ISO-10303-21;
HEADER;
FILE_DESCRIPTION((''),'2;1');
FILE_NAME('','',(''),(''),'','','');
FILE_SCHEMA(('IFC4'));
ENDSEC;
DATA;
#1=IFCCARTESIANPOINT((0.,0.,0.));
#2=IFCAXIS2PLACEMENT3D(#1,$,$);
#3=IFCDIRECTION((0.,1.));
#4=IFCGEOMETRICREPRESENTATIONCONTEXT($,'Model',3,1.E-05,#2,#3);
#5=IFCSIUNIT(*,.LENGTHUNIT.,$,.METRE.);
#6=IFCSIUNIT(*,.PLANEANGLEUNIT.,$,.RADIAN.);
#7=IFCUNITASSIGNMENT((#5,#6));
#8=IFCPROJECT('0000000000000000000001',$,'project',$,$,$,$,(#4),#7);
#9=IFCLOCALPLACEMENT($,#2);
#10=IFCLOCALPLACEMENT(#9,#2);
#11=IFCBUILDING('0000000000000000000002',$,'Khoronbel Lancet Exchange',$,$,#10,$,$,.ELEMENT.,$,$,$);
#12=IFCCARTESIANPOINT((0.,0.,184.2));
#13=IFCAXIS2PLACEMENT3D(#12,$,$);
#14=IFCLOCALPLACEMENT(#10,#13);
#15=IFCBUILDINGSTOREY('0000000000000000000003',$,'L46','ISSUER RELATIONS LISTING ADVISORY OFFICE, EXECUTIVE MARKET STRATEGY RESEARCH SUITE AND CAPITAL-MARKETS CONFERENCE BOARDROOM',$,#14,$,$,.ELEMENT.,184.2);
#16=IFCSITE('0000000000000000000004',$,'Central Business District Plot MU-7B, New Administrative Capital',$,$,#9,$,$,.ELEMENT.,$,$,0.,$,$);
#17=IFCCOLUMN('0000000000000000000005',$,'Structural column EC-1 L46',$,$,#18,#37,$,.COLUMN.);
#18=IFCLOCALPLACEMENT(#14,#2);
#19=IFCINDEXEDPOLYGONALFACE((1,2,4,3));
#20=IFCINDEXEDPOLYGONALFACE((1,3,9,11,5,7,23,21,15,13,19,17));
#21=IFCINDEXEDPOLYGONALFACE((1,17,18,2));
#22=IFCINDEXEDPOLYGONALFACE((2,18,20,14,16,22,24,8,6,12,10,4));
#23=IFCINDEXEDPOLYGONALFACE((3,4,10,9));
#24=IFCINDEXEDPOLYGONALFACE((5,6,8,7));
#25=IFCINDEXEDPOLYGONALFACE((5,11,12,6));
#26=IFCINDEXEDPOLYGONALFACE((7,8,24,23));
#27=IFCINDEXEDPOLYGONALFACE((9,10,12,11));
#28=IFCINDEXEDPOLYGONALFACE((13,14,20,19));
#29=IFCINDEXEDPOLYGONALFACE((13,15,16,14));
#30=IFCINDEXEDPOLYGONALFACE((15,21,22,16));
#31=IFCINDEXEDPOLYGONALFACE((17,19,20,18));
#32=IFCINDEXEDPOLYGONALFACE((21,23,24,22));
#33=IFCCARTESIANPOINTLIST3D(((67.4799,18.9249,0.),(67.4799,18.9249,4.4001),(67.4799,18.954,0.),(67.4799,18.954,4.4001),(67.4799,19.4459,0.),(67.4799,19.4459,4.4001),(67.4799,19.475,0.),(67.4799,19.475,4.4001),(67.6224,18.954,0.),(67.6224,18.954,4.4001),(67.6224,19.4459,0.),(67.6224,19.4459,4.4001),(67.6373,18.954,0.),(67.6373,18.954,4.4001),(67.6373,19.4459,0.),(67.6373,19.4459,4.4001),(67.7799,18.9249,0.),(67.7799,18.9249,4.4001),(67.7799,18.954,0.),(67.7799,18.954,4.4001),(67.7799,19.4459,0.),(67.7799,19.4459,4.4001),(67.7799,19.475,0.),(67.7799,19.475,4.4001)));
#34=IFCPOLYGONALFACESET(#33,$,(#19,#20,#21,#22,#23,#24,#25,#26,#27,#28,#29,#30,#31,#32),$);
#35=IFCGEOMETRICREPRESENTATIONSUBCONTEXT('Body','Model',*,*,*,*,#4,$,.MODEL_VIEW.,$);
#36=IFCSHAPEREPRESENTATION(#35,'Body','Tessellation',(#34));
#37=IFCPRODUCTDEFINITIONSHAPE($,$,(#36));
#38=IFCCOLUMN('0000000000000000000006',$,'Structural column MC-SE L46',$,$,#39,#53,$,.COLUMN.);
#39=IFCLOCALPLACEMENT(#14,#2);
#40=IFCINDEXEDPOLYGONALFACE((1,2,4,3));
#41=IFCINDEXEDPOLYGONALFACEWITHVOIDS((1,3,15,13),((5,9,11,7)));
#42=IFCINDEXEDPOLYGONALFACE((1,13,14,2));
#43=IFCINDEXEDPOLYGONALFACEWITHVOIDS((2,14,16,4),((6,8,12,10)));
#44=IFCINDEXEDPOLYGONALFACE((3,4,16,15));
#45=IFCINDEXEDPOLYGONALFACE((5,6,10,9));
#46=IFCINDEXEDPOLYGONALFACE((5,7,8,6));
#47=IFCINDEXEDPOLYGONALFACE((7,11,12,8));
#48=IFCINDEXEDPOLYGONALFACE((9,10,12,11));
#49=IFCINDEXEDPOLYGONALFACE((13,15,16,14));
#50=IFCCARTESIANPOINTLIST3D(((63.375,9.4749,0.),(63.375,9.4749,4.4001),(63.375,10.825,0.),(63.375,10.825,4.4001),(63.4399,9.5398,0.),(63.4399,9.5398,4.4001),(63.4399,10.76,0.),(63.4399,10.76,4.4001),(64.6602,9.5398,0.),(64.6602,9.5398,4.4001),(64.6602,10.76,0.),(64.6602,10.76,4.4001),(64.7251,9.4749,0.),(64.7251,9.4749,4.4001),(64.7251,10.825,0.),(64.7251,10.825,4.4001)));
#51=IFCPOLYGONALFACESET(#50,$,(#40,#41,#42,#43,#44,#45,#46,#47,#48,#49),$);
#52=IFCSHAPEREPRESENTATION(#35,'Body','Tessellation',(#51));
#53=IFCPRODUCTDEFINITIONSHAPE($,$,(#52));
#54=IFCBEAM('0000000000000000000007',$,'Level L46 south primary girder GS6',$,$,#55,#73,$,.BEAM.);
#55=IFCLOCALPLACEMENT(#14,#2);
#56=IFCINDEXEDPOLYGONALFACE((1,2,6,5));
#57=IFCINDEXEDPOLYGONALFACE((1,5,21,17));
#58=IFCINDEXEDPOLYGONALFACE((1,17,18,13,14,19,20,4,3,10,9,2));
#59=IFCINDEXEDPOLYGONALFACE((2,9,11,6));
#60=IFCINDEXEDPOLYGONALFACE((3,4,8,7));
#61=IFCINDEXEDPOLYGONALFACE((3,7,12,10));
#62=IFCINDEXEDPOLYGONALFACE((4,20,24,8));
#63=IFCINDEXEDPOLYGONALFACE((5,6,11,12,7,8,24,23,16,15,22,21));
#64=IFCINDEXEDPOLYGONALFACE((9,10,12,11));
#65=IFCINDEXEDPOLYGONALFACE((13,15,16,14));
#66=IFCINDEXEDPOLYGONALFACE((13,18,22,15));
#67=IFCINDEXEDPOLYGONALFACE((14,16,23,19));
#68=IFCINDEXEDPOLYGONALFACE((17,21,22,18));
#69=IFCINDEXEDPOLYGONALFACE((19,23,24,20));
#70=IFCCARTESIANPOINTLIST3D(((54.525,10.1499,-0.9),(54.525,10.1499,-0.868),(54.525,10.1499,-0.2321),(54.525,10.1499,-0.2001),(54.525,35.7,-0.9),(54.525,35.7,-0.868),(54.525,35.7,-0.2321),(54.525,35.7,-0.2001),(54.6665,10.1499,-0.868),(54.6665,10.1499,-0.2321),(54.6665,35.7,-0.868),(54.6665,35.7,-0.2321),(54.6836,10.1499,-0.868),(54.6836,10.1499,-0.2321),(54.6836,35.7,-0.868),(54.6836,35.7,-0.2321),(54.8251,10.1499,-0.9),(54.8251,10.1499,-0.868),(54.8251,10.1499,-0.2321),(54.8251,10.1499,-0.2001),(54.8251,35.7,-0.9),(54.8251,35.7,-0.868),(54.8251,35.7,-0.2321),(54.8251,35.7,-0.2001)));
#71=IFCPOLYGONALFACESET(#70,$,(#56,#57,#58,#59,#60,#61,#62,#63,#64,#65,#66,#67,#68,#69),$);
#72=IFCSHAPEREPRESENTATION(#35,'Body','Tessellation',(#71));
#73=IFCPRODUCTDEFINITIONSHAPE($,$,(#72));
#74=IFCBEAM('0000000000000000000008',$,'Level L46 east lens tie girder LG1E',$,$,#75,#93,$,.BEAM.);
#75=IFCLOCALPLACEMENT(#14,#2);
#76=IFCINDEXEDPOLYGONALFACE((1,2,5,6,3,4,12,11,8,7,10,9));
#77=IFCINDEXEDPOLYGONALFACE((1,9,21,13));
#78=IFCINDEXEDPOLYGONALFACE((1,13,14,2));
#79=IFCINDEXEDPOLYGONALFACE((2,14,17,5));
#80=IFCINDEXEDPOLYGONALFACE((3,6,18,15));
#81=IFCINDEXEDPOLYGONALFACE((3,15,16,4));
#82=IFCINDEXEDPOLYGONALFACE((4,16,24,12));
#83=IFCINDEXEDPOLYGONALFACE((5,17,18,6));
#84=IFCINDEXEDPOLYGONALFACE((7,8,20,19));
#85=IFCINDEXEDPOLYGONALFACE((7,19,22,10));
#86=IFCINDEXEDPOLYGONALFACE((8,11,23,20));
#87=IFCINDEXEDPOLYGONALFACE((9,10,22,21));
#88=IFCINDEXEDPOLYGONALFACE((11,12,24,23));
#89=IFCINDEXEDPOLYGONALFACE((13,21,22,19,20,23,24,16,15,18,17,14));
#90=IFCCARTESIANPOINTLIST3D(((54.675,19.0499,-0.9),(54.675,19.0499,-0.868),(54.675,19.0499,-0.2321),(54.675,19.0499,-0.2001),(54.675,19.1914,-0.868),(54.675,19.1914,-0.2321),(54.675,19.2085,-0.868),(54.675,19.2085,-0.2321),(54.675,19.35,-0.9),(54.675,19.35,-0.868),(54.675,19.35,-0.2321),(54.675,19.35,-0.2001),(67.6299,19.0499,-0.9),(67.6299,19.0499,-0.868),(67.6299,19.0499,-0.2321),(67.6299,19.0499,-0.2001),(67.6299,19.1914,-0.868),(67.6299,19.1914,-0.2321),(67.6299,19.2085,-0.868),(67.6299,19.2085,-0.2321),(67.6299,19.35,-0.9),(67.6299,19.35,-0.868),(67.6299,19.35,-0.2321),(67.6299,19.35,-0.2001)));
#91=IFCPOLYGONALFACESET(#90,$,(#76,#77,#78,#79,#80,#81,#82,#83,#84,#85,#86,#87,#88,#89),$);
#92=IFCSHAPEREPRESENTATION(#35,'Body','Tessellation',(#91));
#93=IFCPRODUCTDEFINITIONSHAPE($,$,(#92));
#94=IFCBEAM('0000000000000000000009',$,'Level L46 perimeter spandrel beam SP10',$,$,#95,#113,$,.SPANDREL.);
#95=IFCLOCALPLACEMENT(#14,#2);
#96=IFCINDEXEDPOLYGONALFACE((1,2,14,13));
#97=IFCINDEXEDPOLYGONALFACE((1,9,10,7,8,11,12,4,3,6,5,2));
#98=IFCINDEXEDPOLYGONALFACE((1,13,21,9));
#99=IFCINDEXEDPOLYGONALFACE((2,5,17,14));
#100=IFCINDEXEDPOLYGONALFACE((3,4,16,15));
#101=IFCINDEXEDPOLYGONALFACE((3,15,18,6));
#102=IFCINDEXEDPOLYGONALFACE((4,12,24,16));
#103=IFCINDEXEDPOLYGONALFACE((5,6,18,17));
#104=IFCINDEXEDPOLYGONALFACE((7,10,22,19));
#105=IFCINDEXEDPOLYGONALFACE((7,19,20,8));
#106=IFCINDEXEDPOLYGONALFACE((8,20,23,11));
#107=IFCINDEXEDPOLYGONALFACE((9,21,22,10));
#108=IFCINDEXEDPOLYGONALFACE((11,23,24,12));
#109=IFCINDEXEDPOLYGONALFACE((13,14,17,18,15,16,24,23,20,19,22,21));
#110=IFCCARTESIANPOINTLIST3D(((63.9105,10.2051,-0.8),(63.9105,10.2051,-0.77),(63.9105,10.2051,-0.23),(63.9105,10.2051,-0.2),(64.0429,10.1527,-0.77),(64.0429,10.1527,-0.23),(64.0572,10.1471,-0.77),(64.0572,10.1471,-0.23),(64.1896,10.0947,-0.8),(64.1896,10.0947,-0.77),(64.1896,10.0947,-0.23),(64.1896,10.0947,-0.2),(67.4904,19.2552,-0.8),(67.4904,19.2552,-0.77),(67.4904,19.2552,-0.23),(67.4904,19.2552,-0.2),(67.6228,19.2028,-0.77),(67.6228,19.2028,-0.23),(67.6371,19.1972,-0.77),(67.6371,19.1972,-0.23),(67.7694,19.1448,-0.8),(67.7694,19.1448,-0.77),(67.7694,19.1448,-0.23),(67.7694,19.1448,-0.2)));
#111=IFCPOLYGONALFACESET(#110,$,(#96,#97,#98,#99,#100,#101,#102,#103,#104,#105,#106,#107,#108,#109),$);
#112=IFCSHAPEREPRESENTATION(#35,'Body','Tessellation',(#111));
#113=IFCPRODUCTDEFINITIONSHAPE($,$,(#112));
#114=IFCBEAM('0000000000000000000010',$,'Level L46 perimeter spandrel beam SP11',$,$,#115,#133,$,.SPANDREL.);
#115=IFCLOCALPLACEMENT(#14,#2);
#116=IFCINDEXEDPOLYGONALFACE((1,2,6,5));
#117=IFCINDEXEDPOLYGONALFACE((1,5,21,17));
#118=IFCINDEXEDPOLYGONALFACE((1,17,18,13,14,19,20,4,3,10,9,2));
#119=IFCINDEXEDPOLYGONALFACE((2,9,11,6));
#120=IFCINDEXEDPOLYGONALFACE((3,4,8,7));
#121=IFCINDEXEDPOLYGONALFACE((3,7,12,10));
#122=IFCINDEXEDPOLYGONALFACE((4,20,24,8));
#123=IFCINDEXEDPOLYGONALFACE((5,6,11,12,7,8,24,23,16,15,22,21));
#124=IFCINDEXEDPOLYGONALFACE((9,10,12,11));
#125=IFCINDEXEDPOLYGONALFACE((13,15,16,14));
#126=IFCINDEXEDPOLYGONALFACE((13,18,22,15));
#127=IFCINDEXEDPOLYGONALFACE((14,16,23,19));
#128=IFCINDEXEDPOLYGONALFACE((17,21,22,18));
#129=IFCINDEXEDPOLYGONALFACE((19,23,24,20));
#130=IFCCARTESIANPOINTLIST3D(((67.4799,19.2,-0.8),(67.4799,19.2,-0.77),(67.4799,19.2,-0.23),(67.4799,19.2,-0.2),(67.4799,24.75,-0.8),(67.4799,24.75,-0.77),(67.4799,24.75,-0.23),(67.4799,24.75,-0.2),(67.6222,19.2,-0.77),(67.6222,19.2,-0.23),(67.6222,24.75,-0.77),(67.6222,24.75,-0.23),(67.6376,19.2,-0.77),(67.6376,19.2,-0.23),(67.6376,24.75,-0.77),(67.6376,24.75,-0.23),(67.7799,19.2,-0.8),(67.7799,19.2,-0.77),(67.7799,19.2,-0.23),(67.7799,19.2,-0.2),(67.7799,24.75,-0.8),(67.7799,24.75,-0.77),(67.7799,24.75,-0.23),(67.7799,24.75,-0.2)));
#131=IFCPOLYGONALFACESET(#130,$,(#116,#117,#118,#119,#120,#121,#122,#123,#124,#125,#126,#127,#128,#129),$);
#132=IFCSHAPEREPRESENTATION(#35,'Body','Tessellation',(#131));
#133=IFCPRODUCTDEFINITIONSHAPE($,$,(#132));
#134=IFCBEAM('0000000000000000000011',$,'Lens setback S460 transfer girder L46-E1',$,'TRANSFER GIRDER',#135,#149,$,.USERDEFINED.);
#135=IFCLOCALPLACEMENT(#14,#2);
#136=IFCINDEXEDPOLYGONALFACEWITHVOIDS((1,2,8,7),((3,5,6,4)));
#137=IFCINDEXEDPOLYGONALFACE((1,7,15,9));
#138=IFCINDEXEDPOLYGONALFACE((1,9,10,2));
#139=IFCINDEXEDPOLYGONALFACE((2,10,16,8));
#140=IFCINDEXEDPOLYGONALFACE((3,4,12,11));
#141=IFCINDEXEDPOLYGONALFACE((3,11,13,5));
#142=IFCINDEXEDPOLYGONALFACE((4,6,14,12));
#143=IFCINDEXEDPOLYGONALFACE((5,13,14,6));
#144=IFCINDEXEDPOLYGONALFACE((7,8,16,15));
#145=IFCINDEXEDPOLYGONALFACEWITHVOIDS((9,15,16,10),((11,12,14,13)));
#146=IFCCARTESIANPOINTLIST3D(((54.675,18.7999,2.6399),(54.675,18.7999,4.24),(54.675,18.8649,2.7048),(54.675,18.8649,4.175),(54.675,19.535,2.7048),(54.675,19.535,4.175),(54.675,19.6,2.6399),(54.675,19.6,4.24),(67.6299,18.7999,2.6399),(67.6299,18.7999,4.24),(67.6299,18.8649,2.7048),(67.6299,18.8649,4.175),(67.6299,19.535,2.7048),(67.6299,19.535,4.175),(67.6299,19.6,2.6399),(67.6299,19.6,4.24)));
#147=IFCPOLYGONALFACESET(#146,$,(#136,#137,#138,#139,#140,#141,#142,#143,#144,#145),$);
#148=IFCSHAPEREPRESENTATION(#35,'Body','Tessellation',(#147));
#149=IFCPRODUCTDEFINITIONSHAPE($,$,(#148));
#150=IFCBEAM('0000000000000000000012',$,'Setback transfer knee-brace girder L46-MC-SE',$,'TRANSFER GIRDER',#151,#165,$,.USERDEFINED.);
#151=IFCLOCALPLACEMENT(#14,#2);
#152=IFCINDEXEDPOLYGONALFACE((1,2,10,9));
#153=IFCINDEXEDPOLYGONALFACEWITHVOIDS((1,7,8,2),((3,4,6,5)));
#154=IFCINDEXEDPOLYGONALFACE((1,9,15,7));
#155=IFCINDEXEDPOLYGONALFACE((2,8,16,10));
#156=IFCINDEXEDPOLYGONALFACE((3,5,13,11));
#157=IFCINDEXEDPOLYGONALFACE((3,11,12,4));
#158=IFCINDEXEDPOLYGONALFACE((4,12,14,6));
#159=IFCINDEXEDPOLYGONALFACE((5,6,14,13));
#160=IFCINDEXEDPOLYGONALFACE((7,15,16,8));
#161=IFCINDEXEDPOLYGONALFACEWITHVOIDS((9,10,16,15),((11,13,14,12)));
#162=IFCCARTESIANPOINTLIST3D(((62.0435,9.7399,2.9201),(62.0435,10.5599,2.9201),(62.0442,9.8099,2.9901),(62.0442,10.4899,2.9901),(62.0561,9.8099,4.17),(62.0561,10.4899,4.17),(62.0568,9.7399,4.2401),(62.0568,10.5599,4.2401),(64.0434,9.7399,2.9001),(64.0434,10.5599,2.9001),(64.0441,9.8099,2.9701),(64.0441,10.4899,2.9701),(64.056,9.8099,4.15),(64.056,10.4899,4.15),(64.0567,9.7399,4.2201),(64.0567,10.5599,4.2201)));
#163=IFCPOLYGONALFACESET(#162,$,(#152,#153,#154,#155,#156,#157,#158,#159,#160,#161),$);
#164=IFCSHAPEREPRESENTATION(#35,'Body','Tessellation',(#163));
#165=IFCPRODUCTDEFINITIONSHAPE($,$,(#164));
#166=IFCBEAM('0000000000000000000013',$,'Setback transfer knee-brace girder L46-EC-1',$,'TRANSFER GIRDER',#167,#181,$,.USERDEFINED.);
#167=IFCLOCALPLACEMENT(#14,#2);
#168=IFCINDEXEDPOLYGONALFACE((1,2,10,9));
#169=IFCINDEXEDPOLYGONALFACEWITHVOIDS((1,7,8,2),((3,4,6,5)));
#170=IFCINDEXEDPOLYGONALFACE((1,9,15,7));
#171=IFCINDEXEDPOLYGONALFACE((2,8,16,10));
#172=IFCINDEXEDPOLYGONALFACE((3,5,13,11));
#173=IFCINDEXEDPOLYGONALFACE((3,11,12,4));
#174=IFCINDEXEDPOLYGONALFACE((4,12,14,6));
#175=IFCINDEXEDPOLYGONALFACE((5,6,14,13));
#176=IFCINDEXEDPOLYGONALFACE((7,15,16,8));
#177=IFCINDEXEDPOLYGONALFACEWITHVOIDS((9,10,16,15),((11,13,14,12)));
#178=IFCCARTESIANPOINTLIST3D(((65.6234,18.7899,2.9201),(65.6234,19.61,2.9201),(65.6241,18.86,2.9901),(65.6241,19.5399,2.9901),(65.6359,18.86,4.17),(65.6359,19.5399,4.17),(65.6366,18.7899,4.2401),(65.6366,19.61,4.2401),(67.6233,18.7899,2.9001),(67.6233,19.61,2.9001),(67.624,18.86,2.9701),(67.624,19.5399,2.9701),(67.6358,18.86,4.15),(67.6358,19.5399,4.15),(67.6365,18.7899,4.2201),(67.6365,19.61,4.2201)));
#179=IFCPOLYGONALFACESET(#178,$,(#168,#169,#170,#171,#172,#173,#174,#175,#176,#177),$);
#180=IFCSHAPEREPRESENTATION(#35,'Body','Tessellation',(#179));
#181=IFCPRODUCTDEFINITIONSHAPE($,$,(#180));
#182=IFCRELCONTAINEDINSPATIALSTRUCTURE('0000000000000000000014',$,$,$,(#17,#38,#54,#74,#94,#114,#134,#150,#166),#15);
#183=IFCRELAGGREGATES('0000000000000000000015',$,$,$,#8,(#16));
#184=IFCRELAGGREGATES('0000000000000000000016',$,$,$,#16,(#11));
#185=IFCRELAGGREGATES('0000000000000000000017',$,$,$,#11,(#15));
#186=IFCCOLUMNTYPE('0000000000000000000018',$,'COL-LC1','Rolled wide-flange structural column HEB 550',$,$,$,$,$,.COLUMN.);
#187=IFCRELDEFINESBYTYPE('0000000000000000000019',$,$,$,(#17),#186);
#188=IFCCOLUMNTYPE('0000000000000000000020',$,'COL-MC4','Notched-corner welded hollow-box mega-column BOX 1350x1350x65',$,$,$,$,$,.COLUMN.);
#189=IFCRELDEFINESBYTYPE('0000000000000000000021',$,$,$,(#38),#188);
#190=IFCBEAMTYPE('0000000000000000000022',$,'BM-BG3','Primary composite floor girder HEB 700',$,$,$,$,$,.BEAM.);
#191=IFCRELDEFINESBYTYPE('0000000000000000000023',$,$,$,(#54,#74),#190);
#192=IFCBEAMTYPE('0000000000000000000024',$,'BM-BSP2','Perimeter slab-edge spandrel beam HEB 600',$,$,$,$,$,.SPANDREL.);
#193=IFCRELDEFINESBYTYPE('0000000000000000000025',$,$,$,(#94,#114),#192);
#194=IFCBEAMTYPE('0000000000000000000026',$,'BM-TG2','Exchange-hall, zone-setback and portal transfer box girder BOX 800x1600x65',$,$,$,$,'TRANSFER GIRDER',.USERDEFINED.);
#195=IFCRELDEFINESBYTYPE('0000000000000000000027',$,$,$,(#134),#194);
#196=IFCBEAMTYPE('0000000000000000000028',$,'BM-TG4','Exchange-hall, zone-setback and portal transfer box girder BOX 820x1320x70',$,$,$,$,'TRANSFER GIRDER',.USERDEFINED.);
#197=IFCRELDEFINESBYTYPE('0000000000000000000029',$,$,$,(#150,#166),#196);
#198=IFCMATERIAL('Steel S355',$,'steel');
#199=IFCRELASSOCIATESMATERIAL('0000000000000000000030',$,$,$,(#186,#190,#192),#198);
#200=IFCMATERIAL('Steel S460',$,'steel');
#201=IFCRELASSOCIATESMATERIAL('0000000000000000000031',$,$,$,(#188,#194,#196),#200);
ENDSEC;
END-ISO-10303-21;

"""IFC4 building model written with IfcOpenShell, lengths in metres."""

from ifc_helpers import new_model, si_unit, direction, frame, origin, origin_2d, place, context, subcontext, project, spatial, hollow_rectangle, i_section, extrude, material, material_profile, profile_set, type_object, element, save


model = new_model("IFC4")

# Units and contexts
model_context = context("Model", 3, precision=1e-05, world=origin(), true_north=direction((0.0, 1.0)))
body_context = subcontext(model_context, "Body", "Model", "MODEL_VIEW")
ifc_project = project(units=[si_unit("LENGTHUNIT", "METRE"), si_unit("PLANEANGLEUNIT", "RADIAN")], contexts=[model_context])

# Site, building, storey
site_placement = place(None, origin())
site = spatial("IfcSite", under=ifc_project, at=site_placement, Name="Central Business District Plot MU-7B, New Administrative Capital", CompositionType="ELEMENT", RefElevation=0.0)
building_placement = place(site_placement, origin())
building = spatial("IfcBuilding", under=site, at=building_placement, Name="Khoronbel Lancet Exchange", CompositionType="ELEMENT")
storey_placement = place(building_placement, frame((0.0, 0.0, 184.2)))
storey = spatial("IfcBuildingStorey", under=building, at=storey_placement, Name="L46", Description="ISSUER RELATIONS LISTING ADVISORY OFFICE, EXECUTIVE MARKET STRATEGY RESEARCH SUITE AND CAPITAL-MARKETS CONFERENCE BOARDROOM", CompositionType="ELEMENT", Elevation=184.2)

# Columns
ifc_material_1 = material(Name="Steel S355", Category="steel")
ifc_material_profile_1 = material_profile(ifc_material_1, i_section(OverallWidth=0.3, OverallDepth=0.55, WebThickness=0.0149, FlangeThickness=0.0291, at=origin_2d()), Name="HEB 550")
ifc_profile_set_1 = profile_set([ifc_material_profile_1], Name="Steel S355")
column_type_1 = type_object("IfcColumnType", Name="COL-LC1", Description="Rolled wide-flange structural column HEB 550", PredefinedType="COLUMN", material=ifc_profile_set_1)
column_1_placement = place(storey_placement, frame((67.6299, 19.2, 0.0), z_axis=(0.0, 0.0, 1.0), x_axis=(1.0, 0.0, 0.0)))
element("IfcColumn", 1, at=column_1_placement, inside=storey, type_object=column_type_1, Name="Structural column EC-1 L46", PredefinedType="COLUMN", context=body_context, shape_type="SweptSolid", body=[
    extrude(i_section(OverallWidth=0.3, OverallDepth=0.55, WebThickness=0.0149, FlangeThickness=0.0291, at=origin_2d()), origin(), (0.0, 0.0, 1.0), 4.4001),
])
ifc_material_2 = material(Name="Steel S460", Category="steel")
ifc_material_profile_2 = material_profile(ifc_material_2, hollow_rectangle(XDim=1.3501, YDim=1.3501, WallThickness=0.0649, at=origin_2d()), Name="BOX 1350x1350x65")
ifc_profile_set_2 = profile_set([ifc_material_profile_2], Name="Steel S460")
column_type_2 = type_object("IfcColumnType", Name="COL-MC4", Description="Notched-corner welded hollow-box mega-column BOX 1350x1350x65", PredefinedType="COLUMN", material=ifc_profile_set_2)
column_2_placement = place(storey_placement, frame((64.05, 10.1499, 0.0), z_axis=(0.0, 0.0, 1.0), x_axis=(1.0, 0.0, 0.0)))
element("IfcColumn", 2, at=column_2_placement, inside=storey, type_object=column_type_2, Name="Structural column MC-SE L46", PredefinedType="COLUMN", context=body_context, shape_type="SweptSolid", body=[
    extrude(hollow_rectangle(XDim=1.3501, YDim=1.3501, WallThickness=0.0649, at=origin_2d()), origin(), (0.0, 0.0, 1.0), 4.4001),
])

# Beams
ifc_material_profile_3 = material_profile(ifc_material_1, i_section(OverallWidth=0.3, OverallDepth=0.7, WebThickness=0.0171, FlangeThickness=0.032, at=origin_2d()), Name="HEB 700")
ifc_profile_set_3 = profile_set([ifc_material_profile_3], Name="Steel S355")
beam_type_1 = type_object("IfcBeamType", Name="BM-BG3", Description="Primary composite floor girder HEB 700", PredefinedType="BEAM", material=ifc_profile_set_3)
beam_1_placement = place(storey_placement, frame((54.675, 10.1499, -0.55), z_axis=(0.0, 1.0, 0.0), x_axis=(-1.0, 0.0, 0.0)))
element("IfcBeam", 3, at=beam_1_placement, inside=storey, type_object=beam_type_1, Name="Level L46 south primary girder GS6", PredefinedType="BEAM", context=body_context, shape_type="SweptSolid", body=[
    extrude(i_section(OverallWidth=0.3, OverallDepth=0.7, WebThickness=0.0171, FlangeThickness=0.032, at=origin_2d()), origin(), (0.0, 0.0, 1.0), 25.55),
])
beam_2_placement = place(storey_placement, frame((54.675, 19.2, -0.55), z_axis=(1.0, 0.0, 0.0), x_axis=(0.0, 1.0, 0.0)))
element("IfcBeam", 4, at=beam_2_placement, inside=storey, type_object=beam_type_1, Name="Level L46 east lens tie girder LG1E", PredefinedType="BEAM", context=body_context, shape_type="SweptSolid", body=[
    extrude(i_section(OverallWidth=0.3, OverallDepth=0.7, WebThickness=0.0171, FlangeThickness=0.032, at=origin_2d()), origin(), (0.0, 0.0, 1.0), 12.9548),
])
ifc_material_profile_4 = material_profile(ifc_material_1, i_section(OverallWidth=0.3, OverallDepth=0.6001, WebThickness=0.0154, FlangeThickness=0.03, at=origin_2d()), Name="HEB 600")
ifc_profile_set_4 = profile_set([ifc_material_profile_4], Name="Steel S355")
beam_type_2 = type_object("IfcBeamType", Name="BM-BSP2", Description="Perimeter slab-edge spandrel beam HEB 600", PredefinedType="SPANDREL", material=ifc_profile_set_4)
beam_3_placement = place(storey_placement, frame((64.05, 10.1499, -0.5), z_axis=(0.367828, 0.929894, 0.0), x_axis=(-0.929894, 0.367828, 0.0)))
element("IfcBeam", 5, at=beam_3_placement, inside=storey, type_object=beam_type_2, Name="Level L46 perimeter spandrel beam SP10", PredefinedType="SPANDREL", context=body_context, shape_type="SweptSolid", body=[
    extrude(i_section(OverallWidth=0.3, OverallDepth=0.6001, WebThickness=0.0154, FlangeThickness=0.03, at=origin_2d()), origin(), (0.0, 0.0, 1.0), 9.7324),
])
beam_4_placement = place(storey_placement, frame((67.6299, 19.2, -0.5), z_axis=(0.0, 1.0, 0.0), x_axis=(-1.0, 0.0, 0.0)))
element("IfcBeam", 6, at=beam_4_placement, inside=storey, type_object=beam_type_2, Name="Level L46 perimeter spandrel beam SP11", PredefinedType="SPANDREL", context=body_context, shape_type="SweptSolid", body=[
    extrude(i_section(OverallWidth=0.3, OverallDepth=0.6001, WebThickness=0.0154, FlangeThickness=0.03, at=origin_2d()), origin(), (0.0, 0.0, 1.0), 5.55),
])
ifc_material_profile_5 = material_profile(ifc_material_2, hollow_rectangle(XDim=0.8, YDim=1.6001, WallThickness=0.0649, at=origin_2d()), Name="BOX 800x1600x65")
ifc_profile_set_5 = profile_set([ifc_material_profile_5], Name="Steel S460")
beam_type_3 = type_object("IfcBeamType", Name="BM-TG2", Description="Exchange-hall, zone-setback and portal transfer box girder BOX 800x1600x65", ElementType="TRANSFER GIRDER", PredefinedType="USERDEFINED", material=ifc_profile_set_5)
beam_5_placement = place(storey_placement, frame((54.675, 19.2, 3.4399), z_axis=(1.0, 0.0, 0.0), x_axis=(0.0, 1.0, 0.0)))
element("IfcBeam", 7, at=beam_5_placement, inside=storey, type_object=beam_type_3, Name="Lens setback S460 transfer girder L46-E1", ObjectType="TRANSFER GIRDER", PredefinedType="USERDEFINED", context=body_context, shape_type="SweptSolid", body=[
    extrude(hollow_rectangle(XDim=0.8, YDim=1.6001, WallThickness=0.0649, at=origin_2d()), origin(), (0.0, 0.0, 1.0), 12.9548),
])
ifc_material_profile_6 = material_profile(ifc_material_2, hollow_rectangle(XDim=0.8201, YDim=1.3201, WallThickness=0.0701, at=origin_2d()), Name="BOX 820x1320x70")
ifc_profile_set_6 = profile_set([ifc_material_profile_6], Name="Steel S460")
beam_type_4 = type_object("IfcBeamType", Name="BM-TG4", Description="Exchange-hall, zone-setback and portal transfer box girder BOX 820x1320x70", ElementType="TRANSFER GIRDER", PredefinedType="USERDEFINED", material=ifc_profile_set_6)
for number, where, z_axis, x_axis, name in (
    (8, (64.05, 10.1499, 3.5601), (-0.99995, 0.0, 0.010009), (0.0, -1.0, 0.0), "Setback transfer knee-brace girder L46-MC-SE"),
    (9, (67.6299, 19.2, 3.5601), (-0.99995, 0.0, 0.010009), (0.0, -1.0, 0.0), "Setback transfer knee-brace girder L46-EC-1"),
):
    element("IfcBeam", number, at=place(storey_placement, frame(where, z_axis=z_axis, x_axis=x_axis)), inside=storey, type_object=beam_type_4, Name=name, ObjectType="TRANSFER GIRDER", PredefinedType="USERDEFINED", context=body_context, shape_type="SweptSolid", body=[
        extrude(hollow_rectangle(XDim=0.8201, YDim=1.3201, WallThickness=0.0701, at=origin_2d()), origin(), (0.0, 0.0, 1.0), 2.0),
    ])

save(model, "model.ifc")
